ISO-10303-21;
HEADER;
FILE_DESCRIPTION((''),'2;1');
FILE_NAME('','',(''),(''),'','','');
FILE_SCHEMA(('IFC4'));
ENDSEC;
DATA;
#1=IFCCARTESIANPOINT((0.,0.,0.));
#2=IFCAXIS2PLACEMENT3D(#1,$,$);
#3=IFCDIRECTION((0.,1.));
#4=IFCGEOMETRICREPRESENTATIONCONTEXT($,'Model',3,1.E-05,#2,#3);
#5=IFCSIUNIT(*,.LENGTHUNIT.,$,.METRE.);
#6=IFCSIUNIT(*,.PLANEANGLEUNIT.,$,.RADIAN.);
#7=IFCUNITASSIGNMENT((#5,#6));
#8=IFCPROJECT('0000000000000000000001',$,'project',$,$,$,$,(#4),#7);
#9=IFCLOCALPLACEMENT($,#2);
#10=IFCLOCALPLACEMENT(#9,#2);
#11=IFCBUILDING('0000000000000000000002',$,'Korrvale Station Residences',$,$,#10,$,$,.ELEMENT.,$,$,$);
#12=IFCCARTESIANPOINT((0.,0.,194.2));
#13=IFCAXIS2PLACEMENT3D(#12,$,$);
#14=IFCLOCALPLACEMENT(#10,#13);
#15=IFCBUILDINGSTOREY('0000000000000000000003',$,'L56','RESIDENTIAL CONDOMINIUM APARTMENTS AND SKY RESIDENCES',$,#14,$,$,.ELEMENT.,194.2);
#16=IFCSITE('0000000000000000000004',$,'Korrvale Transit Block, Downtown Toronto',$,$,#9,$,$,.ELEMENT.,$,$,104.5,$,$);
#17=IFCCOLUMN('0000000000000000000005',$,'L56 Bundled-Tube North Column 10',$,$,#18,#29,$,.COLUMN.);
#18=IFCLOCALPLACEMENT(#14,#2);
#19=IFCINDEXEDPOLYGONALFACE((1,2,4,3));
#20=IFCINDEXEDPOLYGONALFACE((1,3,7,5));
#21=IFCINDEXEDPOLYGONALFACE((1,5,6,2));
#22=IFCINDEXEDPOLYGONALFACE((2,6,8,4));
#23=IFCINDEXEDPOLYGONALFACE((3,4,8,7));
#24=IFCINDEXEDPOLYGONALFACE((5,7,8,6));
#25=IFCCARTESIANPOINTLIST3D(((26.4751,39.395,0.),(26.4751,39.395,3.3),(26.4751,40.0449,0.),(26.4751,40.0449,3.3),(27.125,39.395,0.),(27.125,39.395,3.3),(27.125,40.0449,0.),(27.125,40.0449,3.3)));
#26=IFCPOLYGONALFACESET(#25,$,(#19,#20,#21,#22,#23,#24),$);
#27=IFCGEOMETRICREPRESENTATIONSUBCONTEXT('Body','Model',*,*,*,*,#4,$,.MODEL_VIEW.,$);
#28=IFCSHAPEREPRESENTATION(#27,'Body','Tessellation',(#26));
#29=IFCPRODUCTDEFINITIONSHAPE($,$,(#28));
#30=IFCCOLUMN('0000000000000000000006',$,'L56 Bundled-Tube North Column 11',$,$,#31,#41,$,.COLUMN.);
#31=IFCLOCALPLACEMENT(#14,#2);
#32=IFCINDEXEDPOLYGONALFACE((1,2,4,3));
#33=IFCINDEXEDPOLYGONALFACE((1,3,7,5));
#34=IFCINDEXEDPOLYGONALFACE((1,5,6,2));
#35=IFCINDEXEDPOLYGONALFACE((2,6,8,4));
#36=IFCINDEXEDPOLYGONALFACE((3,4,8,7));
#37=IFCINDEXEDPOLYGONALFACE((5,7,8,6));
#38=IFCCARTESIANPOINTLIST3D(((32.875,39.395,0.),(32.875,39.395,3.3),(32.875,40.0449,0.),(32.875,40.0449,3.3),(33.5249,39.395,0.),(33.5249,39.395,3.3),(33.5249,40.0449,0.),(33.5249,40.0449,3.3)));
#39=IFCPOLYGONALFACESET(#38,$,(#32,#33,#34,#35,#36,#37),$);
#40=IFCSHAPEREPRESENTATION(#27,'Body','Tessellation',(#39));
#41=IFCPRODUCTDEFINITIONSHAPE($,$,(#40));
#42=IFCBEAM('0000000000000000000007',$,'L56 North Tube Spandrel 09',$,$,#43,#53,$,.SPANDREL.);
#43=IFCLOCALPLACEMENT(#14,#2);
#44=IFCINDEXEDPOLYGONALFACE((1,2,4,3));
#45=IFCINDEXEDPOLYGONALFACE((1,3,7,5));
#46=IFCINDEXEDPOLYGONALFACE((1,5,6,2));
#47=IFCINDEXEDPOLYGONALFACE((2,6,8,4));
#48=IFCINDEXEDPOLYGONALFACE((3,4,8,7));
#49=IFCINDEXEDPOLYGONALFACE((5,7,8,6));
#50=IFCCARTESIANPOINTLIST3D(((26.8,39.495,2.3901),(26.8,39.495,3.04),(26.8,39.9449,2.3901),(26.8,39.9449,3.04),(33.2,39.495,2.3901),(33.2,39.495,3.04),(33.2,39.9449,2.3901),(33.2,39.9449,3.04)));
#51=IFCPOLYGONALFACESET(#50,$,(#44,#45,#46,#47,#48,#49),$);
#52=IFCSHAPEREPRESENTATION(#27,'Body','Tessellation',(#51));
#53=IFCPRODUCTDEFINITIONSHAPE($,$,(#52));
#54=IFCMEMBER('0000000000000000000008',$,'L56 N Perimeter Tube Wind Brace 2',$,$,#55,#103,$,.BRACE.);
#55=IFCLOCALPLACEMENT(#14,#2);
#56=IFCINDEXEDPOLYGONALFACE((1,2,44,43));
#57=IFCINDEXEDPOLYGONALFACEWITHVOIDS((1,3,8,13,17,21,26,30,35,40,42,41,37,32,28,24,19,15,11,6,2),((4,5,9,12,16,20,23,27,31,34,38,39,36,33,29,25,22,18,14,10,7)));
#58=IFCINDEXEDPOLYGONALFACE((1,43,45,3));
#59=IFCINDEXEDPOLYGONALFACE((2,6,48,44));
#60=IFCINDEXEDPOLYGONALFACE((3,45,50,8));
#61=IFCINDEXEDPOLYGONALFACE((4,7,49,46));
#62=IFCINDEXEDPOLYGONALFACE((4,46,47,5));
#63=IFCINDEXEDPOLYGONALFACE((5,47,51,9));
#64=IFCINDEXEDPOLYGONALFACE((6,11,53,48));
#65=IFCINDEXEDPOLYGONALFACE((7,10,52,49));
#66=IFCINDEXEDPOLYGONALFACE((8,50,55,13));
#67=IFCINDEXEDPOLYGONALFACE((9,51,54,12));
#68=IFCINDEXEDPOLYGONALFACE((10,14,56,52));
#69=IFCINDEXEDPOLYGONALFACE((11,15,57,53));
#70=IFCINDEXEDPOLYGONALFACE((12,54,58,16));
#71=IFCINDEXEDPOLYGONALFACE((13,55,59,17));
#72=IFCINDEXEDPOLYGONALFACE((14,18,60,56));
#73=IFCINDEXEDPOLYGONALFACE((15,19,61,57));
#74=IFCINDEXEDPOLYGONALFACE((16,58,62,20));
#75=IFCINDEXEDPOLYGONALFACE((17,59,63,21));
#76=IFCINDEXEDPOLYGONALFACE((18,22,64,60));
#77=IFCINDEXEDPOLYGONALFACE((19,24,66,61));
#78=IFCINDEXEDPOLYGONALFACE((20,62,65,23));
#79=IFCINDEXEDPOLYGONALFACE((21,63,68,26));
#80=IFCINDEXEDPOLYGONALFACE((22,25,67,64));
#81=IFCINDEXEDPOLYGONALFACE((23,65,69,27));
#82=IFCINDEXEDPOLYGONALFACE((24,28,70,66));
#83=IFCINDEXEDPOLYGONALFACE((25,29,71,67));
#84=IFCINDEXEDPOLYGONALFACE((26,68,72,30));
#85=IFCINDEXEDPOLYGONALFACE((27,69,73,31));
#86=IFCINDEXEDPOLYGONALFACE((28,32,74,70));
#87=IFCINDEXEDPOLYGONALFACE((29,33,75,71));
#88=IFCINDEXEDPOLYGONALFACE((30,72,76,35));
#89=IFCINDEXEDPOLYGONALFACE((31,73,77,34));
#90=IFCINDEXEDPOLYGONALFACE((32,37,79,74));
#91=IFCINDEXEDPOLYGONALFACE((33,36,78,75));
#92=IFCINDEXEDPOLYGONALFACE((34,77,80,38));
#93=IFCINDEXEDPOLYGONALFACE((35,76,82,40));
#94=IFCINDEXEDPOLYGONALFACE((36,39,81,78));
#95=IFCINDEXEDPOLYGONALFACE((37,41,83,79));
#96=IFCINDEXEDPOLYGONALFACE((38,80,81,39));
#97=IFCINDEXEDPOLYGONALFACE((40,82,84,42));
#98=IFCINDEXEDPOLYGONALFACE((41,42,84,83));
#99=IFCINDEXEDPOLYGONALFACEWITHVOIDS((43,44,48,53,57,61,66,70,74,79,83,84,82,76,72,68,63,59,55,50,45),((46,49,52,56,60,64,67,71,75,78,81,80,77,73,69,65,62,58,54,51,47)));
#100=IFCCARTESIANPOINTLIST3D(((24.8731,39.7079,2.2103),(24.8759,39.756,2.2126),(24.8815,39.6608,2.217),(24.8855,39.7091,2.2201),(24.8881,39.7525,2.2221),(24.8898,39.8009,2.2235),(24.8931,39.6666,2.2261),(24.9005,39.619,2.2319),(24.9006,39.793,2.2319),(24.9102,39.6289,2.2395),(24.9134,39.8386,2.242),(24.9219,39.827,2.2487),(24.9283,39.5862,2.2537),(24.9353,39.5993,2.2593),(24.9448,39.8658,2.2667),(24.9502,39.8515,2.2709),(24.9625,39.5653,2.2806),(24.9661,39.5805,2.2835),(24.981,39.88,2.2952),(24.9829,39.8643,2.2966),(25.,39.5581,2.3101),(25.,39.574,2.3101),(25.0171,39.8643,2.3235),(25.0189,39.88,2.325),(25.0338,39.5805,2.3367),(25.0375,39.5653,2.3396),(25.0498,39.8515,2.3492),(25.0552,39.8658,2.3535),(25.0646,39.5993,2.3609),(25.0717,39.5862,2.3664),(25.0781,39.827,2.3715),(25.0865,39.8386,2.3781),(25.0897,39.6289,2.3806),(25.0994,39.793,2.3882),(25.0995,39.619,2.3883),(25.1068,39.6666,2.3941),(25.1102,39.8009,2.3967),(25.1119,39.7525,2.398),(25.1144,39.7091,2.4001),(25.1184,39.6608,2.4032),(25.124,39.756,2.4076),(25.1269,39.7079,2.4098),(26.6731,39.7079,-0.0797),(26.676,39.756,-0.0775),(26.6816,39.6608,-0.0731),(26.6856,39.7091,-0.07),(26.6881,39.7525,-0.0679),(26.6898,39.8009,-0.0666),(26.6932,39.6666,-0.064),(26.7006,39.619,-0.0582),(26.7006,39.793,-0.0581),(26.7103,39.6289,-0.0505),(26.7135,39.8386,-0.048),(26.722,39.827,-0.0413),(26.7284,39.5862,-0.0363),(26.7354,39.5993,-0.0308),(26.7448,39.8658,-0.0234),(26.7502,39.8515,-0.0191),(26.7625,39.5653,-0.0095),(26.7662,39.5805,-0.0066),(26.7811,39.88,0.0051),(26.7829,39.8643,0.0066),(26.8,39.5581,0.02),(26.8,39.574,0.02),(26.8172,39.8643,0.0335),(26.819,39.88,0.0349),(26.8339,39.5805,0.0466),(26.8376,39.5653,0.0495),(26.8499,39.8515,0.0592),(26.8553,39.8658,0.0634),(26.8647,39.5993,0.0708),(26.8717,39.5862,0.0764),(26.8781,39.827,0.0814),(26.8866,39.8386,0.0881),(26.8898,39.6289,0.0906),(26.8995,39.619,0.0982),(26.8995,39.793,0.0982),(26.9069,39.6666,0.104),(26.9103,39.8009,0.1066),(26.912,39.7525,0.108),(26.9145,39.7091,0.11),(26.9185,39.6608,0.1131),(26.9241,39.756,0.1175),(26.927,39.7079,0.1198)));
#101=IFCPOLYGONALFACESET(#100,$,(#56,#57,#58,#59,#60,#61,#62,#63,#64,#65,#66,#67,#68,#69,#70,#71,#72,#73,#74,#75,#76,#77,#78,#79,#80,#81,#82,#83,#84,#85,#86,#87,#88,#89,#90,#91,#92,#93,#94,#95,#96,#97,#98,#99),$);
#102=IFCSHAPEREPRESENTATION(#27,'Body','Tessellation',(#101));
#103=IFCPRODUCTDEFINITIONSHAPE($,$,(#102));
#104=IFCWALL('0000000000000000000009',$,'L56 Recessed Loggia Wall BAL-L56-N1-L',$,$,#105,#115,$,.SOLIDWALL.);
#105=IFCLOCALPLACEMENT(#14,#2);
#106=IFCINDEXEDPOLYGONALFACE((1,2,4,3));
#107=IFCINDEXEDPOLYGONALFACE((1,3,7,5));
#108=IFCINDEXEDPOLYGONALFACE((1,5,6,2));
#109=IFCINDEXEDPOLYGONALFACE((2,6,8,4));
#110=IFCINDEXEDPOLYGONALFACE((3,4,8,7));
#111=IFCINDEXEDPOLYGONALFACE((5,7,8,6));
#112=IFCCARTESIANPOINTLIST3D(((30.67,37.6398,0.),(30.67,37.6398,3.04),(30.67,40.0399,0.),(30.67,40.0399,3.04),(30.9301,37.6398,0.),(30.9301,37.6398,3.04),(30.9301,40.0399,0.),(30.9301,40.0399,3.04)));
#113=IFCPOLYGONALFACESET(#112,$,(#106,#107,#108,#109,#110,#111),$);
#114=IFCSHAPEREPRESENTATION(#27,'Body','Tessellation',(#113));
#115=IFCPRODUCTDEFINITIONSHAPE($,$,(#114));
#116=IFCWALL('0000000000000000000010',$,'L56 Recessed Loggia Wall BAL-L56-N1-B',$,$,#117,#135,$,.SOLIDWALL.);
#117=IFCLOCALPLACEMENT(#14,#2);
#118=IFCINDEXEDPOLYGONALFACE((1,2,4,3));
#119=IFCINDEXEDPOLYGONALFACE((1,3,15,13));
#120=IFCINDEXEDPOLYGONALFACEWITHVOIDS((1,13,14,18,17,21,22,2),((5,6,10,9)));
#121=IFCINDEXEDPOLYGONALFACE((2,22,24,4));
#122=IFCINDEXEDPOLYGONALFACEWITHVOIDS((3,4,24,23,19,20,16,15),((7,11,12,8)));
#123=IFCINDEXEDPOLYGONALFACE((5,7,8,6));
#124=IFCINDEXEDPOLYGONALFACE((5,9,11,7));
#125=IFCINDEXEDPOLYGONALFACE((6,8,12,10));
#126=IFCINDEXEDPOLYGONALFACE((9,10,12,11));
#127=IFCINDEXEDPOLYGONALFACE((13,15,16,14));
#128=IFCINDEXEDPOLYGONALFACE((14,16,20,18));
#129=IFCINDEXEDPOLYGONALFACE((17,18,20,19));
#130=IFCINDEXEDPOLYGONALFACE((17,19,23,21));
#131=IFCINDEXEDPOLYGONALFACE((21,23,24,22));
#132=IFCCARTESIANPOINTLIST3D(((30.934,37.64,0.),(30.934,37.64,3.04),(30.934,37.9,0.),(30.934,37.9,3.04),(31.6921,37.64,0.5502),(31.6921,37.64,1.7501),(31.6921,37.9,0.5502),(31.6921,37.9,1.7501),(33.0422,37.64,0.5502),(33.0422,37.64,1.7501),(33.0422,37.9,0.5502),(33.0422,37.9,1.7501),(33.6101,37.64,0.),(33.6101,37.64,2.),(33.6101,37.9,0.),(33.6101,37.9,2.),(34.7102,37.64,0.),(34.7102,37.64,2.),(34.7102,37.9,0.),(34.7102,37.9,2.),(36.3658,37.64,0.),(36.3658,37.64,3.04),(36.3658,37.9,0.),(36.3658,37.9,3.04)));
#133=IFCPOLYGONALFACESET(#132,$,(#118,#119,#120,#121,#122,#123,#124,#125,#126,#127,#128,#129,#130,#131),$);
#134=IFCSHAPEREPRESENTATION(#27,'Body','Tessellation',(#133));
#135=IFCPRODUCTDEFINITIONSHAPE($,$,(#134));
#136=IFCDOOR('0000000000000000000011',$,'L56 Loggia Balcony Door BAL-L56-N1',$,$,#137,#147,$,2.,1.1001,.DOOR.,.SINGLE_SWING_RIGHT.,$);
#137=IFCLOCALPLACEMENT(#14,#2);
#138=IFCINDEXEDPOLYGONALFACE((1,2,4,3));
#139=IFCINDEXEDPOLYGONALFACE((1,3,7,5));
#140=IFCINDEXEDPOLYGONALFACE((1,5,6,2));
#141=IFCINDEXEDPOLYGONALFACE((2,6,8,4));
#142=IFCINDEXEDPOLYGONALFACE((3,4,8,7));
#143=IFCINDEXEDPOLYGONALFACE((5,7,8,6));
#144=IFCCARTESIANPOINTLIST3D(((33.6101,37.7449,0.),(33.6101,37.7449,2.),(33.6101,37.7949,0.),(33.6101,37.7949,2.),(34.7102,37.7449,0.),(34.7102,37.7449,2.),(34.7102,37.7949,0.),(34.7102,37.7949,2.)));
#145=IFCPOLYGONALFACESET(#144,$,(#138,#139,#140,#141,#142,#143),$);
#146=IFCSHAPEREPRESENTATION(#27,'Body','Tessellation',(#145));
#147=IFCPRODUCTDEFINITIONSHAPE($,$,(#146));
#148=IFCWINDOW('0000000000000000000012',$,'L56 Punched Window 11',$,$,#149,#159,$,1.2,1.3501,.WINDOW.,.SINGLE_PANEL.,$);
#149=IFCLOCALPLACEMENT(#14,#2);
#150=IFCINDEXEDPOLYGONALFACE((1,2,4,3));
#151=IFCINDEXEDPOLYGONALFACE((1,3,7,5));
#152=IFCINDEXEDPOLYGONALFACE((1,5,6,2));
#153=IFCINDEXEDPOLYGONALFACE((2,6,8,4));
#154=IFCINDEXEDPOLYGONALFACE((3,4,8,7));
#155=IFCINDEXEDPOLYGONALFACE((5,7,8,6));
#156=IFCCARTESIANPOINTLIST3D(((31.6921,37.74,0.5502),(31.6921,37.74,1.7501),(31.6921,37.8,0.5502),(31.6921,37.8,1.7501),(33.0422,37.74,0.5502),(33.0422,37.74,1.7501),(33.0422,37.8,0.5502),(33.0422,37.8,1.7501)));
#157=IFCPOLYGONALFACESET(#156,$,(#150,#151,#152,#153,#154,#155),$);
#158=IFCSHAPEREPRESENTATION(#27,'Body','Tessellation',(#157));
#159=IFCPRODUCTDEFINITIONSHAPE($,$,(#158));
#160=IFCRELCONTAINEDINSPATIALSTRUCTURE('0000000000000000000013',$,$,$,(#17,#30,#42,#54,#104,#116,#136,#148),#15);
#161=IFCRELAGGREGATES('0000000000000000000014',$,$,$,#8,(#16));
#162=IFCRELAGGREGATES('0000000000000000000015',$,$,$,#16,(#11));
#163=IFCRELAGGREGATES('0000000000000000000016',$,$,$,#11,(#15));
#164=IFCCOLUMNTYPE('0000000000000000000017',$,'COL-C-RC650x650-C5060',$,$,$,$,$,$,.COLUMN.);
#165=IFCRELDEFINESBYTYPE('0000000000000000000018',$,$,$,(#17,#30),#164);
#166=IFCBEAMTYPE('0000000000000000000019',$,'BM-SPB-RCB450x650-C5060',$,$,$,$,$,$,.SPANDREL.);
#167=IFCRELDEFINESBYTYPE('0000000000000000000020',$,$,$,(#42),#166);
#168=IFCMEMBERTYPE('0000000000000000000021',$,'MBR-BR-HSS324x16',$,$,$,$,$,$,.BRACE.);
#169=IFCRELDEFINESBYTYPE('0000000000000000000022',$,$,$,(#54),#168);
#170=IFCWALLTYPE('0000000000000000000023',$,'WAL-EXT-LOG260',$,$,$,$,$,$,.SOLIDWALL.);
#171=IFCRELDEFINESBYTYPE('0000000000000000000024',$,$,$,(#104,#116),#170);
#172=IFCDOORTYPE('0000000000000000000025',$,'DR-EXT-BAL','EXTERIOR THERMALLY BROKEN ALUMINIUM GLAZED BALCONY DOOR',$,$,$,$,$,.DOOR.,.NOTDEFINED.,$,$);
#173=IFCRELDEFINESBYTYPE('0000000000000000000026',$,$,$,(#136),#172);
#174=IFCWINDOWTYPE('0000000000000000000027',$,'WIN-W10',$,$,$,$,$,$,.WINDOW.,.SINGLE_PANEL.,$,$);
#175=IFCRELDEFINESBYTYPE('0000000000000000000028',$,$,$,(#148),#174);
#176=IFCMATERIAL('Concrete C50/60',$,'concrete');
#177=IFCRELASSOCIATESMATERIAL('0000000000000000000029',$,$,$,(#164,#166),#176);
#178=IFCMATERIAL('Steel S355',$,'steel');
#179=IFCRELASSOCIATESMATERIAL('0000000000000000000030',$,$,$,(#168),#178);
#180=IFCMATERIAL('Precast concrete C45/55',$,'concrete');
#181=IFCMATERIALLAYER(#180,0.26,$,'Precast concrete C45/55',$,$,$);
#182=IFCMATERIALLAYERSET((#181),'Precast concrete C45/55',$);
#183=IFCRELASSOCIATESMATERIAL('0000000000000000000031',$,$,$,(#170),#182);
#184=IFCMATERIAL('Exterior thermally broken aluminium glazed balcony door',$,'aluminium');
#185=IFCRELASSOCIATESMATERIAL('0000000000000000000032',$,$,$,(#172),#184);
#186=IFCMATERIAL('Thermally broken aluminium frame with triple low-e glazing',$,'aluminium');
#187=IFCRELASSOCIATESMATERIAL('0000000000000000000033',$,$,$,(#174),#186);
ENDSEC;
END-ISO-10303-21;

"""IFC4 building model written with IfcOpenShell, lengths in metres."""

from ifc_helpers import new_model, si_unit, direction, frame, frame_2d, origin, origin_2d, place, context, subcontext, project, spatial, rectangle, hollow_circle, extrude, material, layer, layer_set, material_profile, profile_set, type_object, element, fill, save


model = new_model("IFC4")

# Units and contexts
model_context = context("Model", 3, precision=1e-05, world=origin(), true_north=direction((0.0, 1.0)))
body_context = subcontext(model_context, "Body", "Model", "MODEL_VIEW")
ifc_project = project(units=[si_unit("LENGTHUNIT", "METRE"), si_unit("PLANEANGLEUNIT", "RADIAN")], contexts=[model_context])

# Site, building, storey
site_placement = place(None, origin())
site = spatial("IfcSite", under=ifc_project, at=site_placement, Name="Korrvale Transit Block, Downtown Toronto", CompositionType="ELEMENT", RefElevation=104.5)
building_placement = place(site_placement, origin())
building = spatial("IfcBuilding", under=site, at=building_placement, Name="Korrvale Station Residences", CompositionType="ELEMENT")
storey_placement = place(building_placement, frame((0.0, 0.0, 194.2)))
storey = spatial("IfcBuildingStorey", under=building, at=storey_placement, Name="L56", Description="RESIDENTIAL CONDOMINIUM APARTMENTS AND SKY RESIDENCES", CompositionType="ELEMENT", Elevation=194.2)

# Columns
ifc_material_1 = material(Name="Concrete C50/60", Category="concrete")
ifc_material_profile_1 = material_profile(ifc_material_1, rectangle(XDim=0.6499, YDim=0.6499, at=origin_2d()), Name="RC650x650")
ifc_profile_set_1 = profile_set([ifc_material_profile_1], Name="Concrete C50/60")
column_type = type_object("IfcColumnType", Name="COL-C-RC650x650-C5060", PredefinedType="COLUMN", material=ifc_profile_set_1)
for number, where, z_axis, x_axis, name in (
    (1, (26.8, 39.72, 0.0), (0.0, 0.0, 1.0), (1.0, 0.0, 0.0), "L56 Bundled-Tube North Column 10"),
    (2, (33.2, 39.72, 0.0), (0.0, 0.0, 1.0), (1.0, 0.0, 0.0), "L56 Bundled-Tube North Column 11"),
):
    element("IfcColumn", number, at=place(storey_placement, frame(where, z_axis=z_axis, x_axis=x_axis)), inside=storey, type_object=column_type, Name=name, PredefinedType="COLUMN", context=body_context, shape_type="SweptSolid", body=[
        extrude(rectangle(XDim=0.6499, YDim=0.6499, at=origin_2d()), origin(), (0.0, 0.0, 1.0), 3.3),
    ])

# Beam
ifc_material_profile_2 = material_profile(ifc_material_1, rectangle(XDim=0.45, YDim=0.6499, at=origin_2d()), Name="RCB450x650")
ifc_profile_set_2 = profile_set([ifc_material_profile_2], Name="Concrete C50/60")
beam_type = type_object("IfcBeamType", Name="BM-SPB-RCB450x650-C5060", PredefinedType="SPANDREL", material=ifc_profile_set_2)
beam_placement = place(storey_placement, frame((26.8, 39.72, 2.7151), z_axis=(1.0, 0.0, 0.0), x_axis=(0.0, 1.0, 0.0)))
element("IfcBeam", 3, at=beam_placement, inside=storey, type_object=beam_type, Name="L56 North Tube Spandrel 09", PredefinedType="SPANDREL", context=body_context, shape_type="SweptSolid", body=[
    extrude(rectangle(XDim=0.45, YDim=0.6499, at=origin_2d()), origin(), (0.0, 0.0, 1.0), 6.3999),
])

# Member
ifc_material_2 = material(Name="Steel S355", Category="steel")
ifc_material_profile_3 = material_profile(ifc_material_2, hollow_circle(Radius=0.1619, WallThickness=0.0159, at=origin_2d()), Name="HSS324x16")
ifc_profile_set_3 = profile_set([ifc_material_profile_3], Name="Steel S355")
member_type = type_object("IfcMemberType", Name="MBR-BR-HSS324x16", PredefinedType="BRACE", material=ifc_profile_set_3)
member_placement = place(storey_placement, frame((26.8, 39.72, 0.02), z_axis=(-0.617977, 0.0, 0.786196), x_axis=(0.0, -1.0, 0.0)))
element("IfcMember", 4, at=member_placement, inside=storey, type_object=member_type, Name="L56 N Perimeter Tube Wind Brace 2", PredefinedType="BRACE", context=body_context, shape_type="SweptSolid", body=[
    extrude(hollow_circle(Radius=0.1619, WallThickness=0.0159, at=origin_2d()), origin(), (0.0, 0.0, 1.0), 2.9128),
])

# Wall
ifc_material_3 = material(Name="Precast concrete C45/55", Category="concrete")
ifc_layer_1 = layer(ifc_material_3, 0.26, Name="Precast concrete C45/55")
ifc_layer_set_1 = layer_set([ifc_layer_1], Name="Precast concrete C45/55")
wall_type_1 = type_object("IfcWallType", Name="WAL-EXT-LOG260", PredefinedType="SOLIDWALL", material=ifc_layer_set_1)
wall_1_placement = place(storey_placement, frame((30.8, 40.04, 0.0), z_axis=(0.0, 0.0, 1.0), x_axis=(0.0, -1.0, 0.0)))
element("IfcWall", 5, at=wall_1_placement, inside=storey, type_object=wall_type_1, Name="L56 Recessed Loggia Wall BAL-L56-N1-L", PredefinedType="SOLIDWALL", context=body_context, shape_type="SweptSolid", body=[
    extrude(rectangle(XDim=2.4001, YDim=0.26, at=frame_2d((1.2002, 0.0))), origin(), (0.0, 0.0, 1.0), 3.04),
])

# Wall, openings, door, window
wall_2_placement = place(storey_placement, frame((30.9341, 37.77, 0.0), z_axis=(0.0, 0.0, 1.0), x_axis=(1.0, 0.0, 0.0)))
wall_2 = element("IfcWall", 6, at=wall_2_placement, inside=storey, type_object=wall_type_1, Name="L56 Recessed Loggia Wall BAL-L56-N1-B", PredefinedType="SOLIDWALL", context=body_context, shape_type="SweptSolid", body=[
    extrude(rectangle(XDim=5.4319, YDim=0.26, at=frame_2d((2.7158, 0.0))), origin(), (0.0, 0.0, 1.0), 3.04),
])
opening_1_placement = place(wall_2_placement, frame((2.676, 0.0, 0.0)))
opening_1 = element("IfcOpeningElement", 7, at=opening_1_placement, cuts=wall_2, PredefinedType="OPENING", context=body_context, shape_type="SweptSolid", body=[
    extrude(rectangle(XDim=1.1001, YDim=2.0, at=frame_2d((0.55, 1.0))), frame((0.0, 0.1401, 0.0), z_axis=(0.0, -1.0, 0.0), x_axis=(1.0, 0.0, 0.0)), (0.0, 0.0, 1.0), 0.28),
])
opening_2_placement = place(wall_2_placement, frame((0.7581, 0.0, 0.55)))
opening_2 = element("IfcOpeningElement", 8, at=opening_2_placement, cuts=wall_2, PredefinedType="OPENING", context=body_context, shape_type="SweptSolid", body=[
    extrude(rectangle(XDim=1.3501, YDim=1.2, at=frame_2d((0.675, 0.6001))), frame((0.0, 0.1401, 0.0), z_axis=(0.0, -1.0, 0.0), x_axis=(1.0, 0.0, 0.0)), (0.0, 0.0, 1.0), 0.28),
])
ifc_material_4 = material(Name="Exterior thermally broken aluminium glazed balcony door", Category="aluminium")
door_type_1 = type_object("IfcDoorType", Name="DR-EXT-BAL", Description="EXTERIOR THERMALLY BROKEN ALUMINIUM GLAZED BALCONY DOOR", OperationType="NOTDEFINED", PredefinedType="DOOR", material=ifc_material_4)
door_1_placement = place(opening_1_placement, origin())
door_1 = element("IfcDoor", 9, at=door_1_placement, inside=storey, type_object=door_type_1, Name="L56 Loggia Balcony Door BAL-L56-N1", OperationType="SINGLE_SWING_RIGHT", OverallHeight=2.0, OverallWidth=1.1001, PredefinedType="DOOR", context=body_context, shape_type="SweptSolid", body=[
    extrude(rectangle(XDim=1.1001, YDim=2.0, at=frame_2d((0.55, 1.0))), frame((0.0, 0.0249, 0.0), z_axis=(0.0, -1.0, 0.0), x_axis=(1.0, 0.0, 0.0)), (0.0, 0.0, 1.0), 0.05),
])
fill(opening_1, door_1)
ifc_material_5 = material(Name="Thermally broken aluminium frame with triple low-e glazing", Category="aluminium")
window_type = type_object("IfcWindowType", Name="WIN-W10", PartitioningType="SINGLE_PANEL", PredefinedType="WINDOW", material=ifc_material_5)
window_placement = place(opening_2_placement, origin())
window = element("IfcWindow", 10, at=window_placement, inside=storey, type_object=window_type, Name="L56 Punched Window 11", OverallHeight=1.2, OverallWidth=1.3501, PartitioningType="SINGLE_PANEL", PredefinedType="WINDOW", context=body_context, shape_type="SweptSolid", body=[
    extrude(rectangle(XDim=1.3501, YDim=1.2, at=frame_2d((0.675, 0.6001))), frame((0.0, 0.03, 0.0), z_axis=(0.0, -1.0, 0.0), x_axis=(1.0, 0.0, 0.0)), (0.0, 0.0, 1.0), 0.0601),
])
fill(opening_2, window)

save(model, "model.ifc")
